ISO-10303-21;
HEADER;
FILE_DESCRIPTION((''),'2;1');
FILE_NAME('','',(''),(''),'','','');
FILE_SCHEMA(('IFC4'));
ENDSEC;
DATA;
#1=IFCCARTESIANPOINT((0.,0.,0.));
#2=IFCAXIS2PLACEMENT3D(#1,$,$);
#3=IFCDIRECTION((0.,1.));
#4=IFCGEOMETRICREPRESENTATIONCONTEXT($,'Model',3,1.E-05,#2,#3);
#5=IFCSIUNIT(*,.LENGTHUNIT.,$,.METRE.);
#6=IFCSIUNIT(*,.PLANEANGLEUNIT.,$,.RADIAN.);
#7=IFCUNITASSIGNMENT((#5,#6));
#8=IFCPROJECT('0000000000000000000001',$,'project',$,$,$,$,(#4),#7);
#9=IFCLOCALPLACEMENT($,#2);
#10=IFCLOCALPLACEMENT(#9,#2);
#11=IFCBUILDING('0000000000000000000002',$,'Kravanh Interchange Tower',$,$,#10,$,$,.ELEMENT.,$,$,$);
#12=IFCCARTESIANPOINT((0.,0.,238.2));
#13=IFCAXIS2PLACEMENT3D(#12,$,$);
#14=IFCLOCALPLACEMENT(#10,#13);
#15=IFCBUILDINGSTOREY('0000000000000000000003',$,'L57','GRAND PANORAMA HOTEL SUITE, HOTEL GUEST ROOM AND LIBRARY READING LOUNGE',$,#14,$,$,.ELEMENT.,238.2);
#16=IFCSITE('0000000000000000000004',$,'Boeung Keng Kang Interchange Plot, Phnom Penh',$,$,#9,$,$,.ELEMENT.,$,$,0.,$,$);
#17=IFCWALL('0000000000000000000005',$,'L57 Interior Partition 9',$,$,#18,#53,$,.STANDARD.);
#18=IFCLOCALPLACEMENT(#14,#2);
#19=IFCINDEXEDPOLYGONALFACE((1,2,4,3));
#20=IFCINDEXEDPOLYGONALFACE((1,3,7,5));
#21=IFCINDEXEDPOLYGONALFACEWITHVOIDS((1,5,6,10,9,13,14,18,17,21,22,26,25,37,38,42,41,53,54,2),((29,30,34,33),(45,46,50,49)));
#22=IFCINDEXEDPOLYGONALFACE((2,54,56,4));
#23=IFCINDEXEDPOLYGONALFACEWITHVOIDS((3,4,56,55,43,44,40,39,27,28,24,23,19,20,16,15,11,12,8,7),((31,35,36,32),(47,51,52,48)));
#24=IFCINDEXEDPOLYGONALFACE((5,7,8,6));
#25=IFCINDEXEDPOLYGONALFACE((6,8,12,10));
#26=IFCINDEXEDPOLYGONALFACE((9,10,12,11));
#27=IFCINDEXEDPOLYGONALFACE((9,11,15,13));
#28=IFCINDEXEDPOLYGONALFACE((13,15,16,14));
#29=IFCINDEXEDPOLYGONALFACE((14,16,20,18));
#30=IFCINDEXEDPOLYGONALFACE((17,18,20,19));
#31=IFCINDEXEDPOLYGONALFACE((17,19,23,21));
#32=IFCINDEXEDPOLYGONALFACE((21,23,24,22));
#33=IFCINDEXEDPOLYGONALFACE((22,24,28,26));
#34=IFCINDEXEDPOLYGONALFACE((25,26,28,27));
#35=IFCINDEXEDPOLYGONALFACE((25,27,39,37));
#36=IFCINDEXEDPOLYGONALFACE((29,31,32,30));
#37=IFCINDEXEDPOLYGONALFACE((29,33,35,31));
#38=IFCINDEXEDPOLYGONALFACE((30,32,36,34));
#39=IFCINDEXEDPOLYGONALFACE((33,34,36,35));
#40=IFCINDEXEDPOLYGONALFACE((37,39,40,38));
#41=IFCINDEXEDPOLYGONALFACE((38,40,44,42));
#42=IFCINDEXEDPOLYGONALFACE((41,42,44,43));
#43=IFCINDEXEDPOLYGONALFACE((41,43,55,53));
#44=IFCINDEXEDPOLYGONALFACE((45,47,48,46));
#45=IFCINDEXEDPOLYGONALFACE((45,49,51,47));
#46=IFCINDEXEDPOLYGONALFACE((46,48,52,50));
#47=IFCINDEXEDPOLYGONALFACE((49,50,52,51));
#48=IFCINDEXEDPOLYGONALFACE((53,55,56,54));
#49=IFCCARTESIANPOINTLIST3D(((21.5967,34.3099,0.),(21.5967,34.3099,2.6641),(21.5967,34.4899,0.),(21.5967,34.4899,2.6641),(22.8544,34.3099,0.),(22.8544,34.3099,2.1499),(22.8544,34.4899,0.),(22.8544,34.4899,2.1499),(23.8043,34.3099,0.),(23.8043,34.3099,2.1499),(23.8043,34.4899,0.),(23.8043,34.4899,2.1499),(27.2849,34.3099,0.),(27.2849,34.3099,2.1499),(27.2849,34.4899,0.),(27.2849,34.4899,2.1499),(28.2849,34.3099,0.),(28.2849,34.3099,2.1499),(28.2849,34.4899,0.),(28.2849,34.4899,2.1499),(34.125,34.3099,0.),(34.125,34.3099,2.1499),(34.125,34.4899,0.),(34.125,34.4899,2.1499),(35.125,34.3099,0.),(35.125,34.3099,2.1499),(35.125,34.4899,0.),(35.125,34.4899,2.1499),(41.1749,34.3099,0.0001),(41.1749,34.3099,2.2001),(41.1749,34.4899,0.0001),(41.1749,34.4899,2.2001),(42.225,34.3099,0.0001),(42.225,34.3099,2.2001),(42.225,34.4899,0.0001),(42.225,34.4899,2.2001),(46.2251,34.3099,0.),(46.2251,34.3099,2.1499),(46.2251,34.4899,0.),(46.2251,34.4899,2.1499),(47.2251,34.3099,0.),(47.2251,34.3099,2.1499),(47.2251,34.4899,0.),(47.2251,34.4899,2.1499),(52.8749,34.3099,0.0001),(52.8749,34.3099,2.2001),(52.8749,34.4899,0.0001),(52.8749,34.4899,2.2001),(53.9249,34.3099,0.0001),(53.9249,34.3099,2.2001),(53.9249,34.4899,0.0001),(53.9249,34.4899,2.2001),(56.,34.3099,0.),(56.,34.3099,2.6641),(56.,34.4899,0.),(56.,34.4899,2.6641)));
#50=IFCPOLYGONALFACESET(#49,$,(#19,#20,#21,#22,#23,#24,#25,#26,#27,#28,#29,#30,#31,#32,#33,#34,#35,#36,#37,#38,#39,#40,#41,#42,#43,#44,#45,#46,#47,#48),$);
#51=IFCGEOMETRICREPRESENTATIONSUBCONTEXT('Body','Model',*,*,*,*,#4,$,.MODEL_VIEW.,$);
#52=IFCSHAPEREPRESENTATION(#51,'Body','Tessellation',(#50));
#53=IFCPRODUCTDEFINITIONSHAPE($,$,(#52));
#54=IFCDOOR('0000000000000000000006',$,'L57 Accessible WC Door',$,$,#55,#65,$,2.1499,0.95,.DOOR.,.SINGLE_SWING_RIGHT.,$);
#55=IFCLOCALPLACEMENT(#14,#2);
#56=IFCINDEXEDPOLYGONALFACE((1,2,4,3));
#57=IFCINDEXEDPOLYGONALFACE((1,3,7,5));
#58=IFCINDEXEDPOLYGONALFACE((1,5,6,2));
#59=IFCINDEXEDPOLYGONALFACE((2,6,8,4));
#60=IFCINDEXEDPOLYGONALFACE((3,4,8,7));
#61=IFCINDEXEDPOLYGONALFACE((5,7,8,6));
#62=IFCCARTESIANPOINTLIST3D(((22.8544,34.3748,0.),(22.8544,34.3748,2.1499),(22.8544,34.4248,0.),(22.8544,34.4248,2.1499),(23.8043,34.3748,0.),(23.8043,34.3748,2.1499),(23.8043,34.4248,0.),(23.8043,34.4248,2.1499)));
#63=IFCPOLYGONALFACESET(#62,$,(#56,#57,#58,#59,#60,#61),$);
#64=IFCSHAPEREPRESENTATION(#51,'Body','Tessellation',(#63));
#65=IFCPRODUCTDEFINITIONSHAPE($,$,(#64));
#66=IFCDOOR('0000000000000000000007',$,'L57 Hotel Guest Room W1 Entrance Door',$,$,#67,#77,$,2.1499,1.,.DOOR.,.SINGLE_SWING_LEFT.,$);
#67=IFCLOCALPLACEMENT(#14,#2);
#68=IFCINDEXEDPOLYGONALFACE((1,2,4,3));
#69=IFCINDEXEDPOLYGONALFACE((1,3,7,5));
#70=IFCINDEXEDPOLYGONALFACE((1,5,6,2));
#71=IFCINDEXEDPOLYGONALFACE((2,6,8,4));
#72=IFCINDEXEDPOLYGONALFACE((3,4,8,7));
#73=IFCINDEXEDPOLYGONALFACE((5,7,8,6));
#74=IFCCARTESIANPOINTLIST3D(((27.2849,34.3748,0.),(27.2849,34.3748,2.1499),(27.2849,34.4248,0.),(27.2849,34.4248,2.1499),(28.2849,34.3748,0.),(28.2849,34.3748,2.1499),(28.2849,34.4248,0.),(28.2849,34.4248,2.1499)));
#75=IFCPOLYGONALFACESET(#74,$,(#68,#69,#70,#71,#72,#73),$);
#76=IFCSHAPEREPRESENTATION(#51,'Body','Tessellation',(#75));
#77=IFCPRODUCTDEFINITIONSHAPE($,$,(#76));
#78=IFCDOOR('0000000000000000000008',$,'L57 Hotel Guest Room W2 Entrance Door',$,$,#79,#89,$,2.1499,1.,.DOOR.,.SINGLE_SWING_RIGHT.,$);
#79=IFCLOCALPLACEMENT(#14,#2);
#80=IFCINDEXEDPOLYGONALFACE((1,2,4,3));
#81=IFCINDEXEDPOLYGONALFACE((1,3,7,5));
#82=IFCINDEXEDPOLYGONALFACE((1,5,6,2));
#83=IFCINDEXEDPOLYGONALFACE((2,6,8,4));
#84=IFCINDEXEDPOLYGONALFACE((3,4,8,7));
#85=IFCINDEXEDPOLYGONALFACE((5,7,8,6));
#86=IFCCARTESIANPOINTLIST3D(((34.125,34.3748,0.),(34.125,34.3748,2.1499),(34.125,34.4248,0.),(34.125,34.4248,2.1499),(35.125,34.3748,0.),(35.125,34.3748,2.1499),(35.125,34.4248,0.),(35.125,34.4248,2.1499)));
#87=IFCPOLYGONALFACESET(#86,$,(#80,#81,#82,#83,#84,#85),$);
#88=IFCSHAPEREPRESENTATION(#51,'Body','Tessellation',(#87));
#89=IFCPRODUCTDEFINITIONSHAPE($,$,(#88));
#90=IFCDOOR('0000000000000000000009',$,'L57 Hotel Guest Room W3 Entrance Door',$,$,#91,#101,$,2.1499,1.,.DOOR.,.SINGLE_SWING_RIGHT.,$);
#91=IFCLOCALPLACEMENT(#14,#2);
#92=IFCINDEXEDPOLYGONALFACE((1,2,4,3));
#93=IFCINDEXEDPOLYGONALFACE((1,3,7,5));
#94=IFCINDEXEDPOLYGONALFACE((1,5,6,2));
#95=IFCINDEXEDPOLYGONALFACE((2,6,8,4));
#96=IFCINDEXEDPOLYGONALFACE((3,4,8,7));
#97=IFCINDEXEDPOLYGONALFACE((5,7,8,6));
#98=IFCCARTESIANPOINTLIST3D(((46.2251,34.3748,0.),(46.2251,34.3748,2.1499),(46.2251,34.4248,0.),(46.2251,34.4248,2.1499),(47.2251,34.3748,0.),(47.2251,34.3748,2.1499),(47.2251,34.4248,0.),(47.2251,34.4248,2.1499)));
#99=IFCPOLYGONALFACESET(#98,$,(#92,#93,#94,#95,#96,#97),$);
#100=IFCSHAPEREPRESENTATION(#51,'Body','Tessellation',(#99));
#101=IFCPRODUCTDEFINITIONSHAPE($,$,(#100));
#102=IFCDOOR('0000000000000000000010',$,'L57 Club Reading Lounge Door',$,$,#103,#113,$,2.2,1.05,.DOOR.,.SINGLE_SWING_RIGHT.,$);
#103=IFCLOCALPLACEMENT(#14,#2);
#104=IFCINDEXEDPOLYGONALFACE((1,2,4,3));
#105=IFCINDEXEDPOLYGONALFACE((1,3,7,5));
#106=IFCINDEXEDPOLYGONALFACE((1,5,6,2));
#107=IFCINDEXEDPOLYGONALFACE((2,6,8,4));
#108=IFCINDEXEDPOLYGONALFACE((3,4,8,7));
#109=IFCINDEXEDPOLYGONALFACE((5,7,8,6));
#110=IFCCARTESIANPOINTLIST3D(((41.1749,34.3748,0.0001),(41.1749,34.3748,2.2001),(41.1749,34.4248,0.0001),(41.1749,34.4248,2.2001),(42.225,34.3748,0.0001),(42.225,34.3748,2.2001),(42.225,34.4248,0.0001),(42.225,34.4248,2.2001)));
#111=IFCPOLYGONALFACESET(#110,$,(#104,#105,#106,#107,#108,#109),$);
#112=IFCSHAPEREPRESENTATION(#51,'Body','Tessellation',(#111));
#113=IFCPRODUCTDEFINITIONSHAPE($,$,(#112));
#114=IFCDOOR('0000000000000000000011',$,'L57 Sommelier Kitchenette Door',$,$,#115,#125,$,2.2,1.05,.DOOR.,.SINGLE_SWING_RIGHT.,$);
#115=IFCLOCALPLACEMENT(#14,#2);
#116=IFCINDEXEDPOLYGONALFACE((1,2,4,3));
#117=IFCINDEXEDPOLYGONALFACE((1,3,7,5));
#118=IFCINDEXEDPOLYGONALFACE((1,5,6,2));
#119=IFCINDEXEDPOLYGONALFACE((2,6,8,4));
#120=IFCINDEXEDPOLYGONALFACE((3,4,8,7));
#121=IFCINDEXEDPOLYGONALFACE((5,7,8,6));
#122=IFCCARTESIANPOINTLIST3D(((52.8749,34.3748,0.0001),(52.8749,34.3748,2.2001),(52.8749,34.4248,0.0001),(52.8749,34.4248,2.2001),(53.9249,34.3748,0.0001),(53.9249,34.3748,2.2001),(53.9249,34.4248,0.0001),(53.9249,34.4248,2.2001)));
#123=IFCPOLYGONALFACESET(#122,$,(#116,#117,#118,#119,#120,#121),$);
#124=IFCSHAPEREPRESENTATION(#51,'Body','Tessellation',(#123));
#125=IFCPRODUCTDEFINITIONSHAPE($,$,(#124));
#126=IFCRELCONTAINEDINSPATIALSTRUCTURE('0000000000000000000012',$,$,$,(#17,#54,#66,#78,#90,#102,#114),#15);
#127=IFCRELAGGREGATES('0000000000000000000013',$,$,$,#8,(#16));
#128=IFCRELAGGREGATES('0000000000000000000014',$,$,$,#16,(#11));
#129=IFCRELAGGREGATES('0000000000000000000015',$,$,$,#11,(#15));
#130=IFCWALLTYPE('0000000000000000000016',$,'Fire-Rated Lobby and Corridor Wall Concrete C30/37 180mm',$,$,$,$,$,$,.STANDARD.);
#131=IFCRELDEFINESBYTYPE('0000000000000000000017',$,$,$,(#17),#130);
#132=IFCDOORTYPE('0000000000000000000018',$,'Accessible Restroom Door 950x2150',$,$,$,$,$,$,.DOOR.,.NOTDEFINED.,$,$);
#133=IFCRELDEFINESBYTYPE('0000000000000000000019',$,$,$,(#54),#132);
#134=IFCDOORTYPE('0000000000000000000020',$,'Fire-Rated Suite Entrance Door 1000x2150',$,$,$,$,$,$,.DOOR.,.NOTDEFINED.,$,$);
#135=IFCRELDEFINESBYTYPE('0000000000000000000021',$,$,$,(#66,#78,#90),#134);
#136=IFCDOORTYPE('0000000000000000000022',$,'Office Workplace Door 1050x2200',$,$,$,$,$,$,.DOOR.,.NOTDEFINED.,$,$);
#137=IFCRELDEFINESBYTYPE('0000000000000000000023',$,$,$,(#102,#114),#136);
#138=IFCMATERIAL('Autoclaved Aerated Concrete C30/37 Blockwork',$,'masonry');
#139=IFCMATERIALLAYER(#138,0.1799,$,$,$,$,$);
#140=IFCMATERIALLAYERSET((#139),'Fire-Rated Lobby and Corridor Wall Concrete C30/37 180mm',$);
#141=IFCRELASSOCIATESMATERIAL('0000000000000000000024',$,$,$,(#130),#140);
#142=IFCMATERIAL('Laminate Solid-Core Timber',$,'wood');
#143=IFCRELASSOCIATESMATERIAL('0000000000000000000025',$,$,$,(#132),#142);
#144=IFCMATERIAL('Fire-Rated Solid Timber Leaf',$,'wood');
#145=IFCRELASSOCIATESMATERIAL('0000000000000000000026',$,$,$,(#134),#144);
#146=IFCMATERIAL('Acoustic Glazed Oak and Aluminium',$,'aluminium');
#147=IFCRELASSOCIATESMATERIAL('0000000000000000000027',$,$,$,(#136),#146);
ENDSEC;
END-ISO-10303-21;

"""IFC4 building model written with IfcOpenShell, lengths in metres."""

from ifc_helpers import new_model, si_unit, direction, frame, frame_2d, origin, place, context, subcontext, project, spatial, rectangle, extrude, material, layer, layer_set, type_object, element, fill, save


model = new_model("IFC4")

# Units and contexts
model_context = context("Model", 3, precision=1e-05, world=origin(), true_north=direction((0.0, 1.0)))
body_context = subcontext(model_context, "Body", "Model", "MODEL_VIEW")
ifc_project = project(units=[si_unit("LENGTHUNIT", "METRE"), si_unit("PLANEANGLEUNIT", "RADIAN")], contexts=[model_context])

# Site, building, storey
site_placement = place(None, origin())
site = spatial("IfcSite", under=ifc_project, at=site_placement, Name="Boeung Keng Kang Interchange Plot, Phnom Penh", CompositionType="ELEMENT", RefElevation=0.0)
building_placement = place(site_placement, origin())
building = spatial("IfcBuilding", under=site, at=building_placement, Name="Kravanh Interchange Tower", CompositionType="ELEMENT")
storey_placement = place(building_placement, frame((0.0, 0.0, 238.2)))
storey = spatial("IfcBuildingStorey", under=building, at=storey_placement, Name="L57", Description="GRAND PANORAMA HOTEL SUITE, HOTEL GUEST ROOM AND LIBRARY READING LOUNGE", CompositionType="ELEMENT", Elevation=238.2)

# Wall, openings, doors
ifc_material_1 = material(Name="Autoclaved Aerated Concrete C30/37 Blockwork", Category="masonry")
ifc_layer_1 = layer(ifc_material_1, 0.1799)
ifc_layer_set_1 = layer_set([ifc_layer_1], Name="Fire-Rated Lobby and Corridor Wall Concrete C30/37 180mm")
wall_type_1 = type_object("IfcWallType", Name="Fire-Rated Lobby and Corridor Wall Concrete C30/37 180mm", PredefinedType="STANDARD", material=ifc_layer_set_1)
wall_1_placement = place(storey_placement, frame((21.5967, 34.3999, 0.0), z_axis=(0.0, 0.0, 1.0), x_axis=(1.0, 0.0, 0.0)))
wall_1 = element("IfcWall", 1, at=wall_1_placement, inside=storey, type_object=wall_type_1, Name="L57 Interior Partition 9", PredefinedType="STANDARD", context=body_context, shape_type="SweptSolid", body=[
    extrude(rectangle(XDim=34.4033, YDim=0.1799, at=frame_2d((17.2017, 0.0))), origin(), (0.0, 0.0, 1.0), 2.6641),
])
opening_1_placement = place(wall_1_placement, frame((1.2576, 0.0, 0.0)))
opening_1 = element("IfcOpeningElement", 2, at=opening_1_placement, cuts=wall_1, PredefinedType="OPENING", context=body_context, shape_type="SweptSolid", body=[
    extrude(rectangle(XDim=0.95, YDim=2.1499, at=frame_2d((0.4751, 1.075))), frame((0.0, 0.1001, 0.0), z_axis=(0.0, -1.0, 0.0), x_axis=(1.0, 0.0, 0.0)), (0.0, 0.0, 1.0), 0.2),
])
opening_2_placement = place(wall_1_placement, frame((5.6882, 0.0, 0.0)))
opening_2 = element("IfcOpeningElement", 3, at=opening_2_placement, cuts=wall_1, PredefinedType="OPENING", context=body_context, shape_type="SweptSolid", body=[
    extrude(rectangle(XDim=1.0, YDim=2.1499, at=frame_2d((0.5, 1.075))), frame((0.0, 0.1001, 0.0), z_axis=(0.0, -1.0, 0.0), x_axis=(1.0, 0.0, 0.0)), (0.0, 0.0, 1.0), 0.2),
])
opening_3_placement = place(wall_1_placement, frame((12.5283, 0.0, 0.0)))
opening_3 = element("IfcOpeningElement", 4, at=opening_3_placement, cuts=wall_1, PredefinedType="OPENING", context=body_context, shape_type="SweptSolid", body=[
    extrude(rectangle(XDim=1.0, YDim=2.1499, at=frame_2d((0.5, 1.075))), frame((0.0, 0.1001, 0.0), z_axis=(0.0, -1.0, 0.0), x_axis=(1.0, 0.0, 0.0)), (0.0, 0.0, 1.0), 0.2),
])
opening_4_placement = place(wall_1_placement, frame((19.5784, 0.0, 0.0)))
opening_4 = element("IfcOpeningElement", 5, at=opening_4_placement, cuts=wall_1, PredefinedType="OPENING", context=body_context, shape_type="SweptSolid", body=[
    extrude(rectangle(XDim=1.05, YDim=2.2, at=frame_2d((0.5249, 1.1001))), frame((0.0, 0.1001, 0.0), z_axis=(0.0, -1.0, 0.0), x_axis=(1.0, 0.0, 0.0)), (0.0, 0.0, 1.0), 0.2),
])
opening_5_placement = place(wall_1_placement, frame((24.6284, 0.0, 0.0)))
opening_5 = element("IfcOpeningElement", 6, at=opening_5_placement, cuts=wall_1, PredefinedType="OPENING", context=body_context, shape_type="SweptSolid", body=[
    extrude(rectangle(XDim=1.0, YDim=2.1499, at=frame_2d((0.5, 1.075))), frame((0.0, 0.1001, 0.0), z_axis=(0.0, -1.0, 0.0), x_axis=(1.0, 0.0, 0.0)), (0.0, 0.0, 1.0), 0.2),
])
opening_6_placement = place(wall_1_placement, frame((31.2783, 0.0, 0.0)))
opening_6 = element("IfcOpeningElement", 7, at=opening_6_placement, cuts=wall_1, PredefinedType="OPENING", context=body_context, shape_type="SweptSolid", body=[
    extrude(rectangle(XDim=1.05, YDim=2.2, at=frame_2d((0.5249, 1.1001))), frame((0.0, 0.1001, 0.0), z_axis=(0.0, -1.0, 0.0), x_axis=(1.0, 0.0, 0.0)), (0.0, 0.0, 1.0), 0.2),
])
ifc_material_2 = material(Name="Laminate Solid-Core Timber", Category="wood")
door_type_1 = type_object("IfcDoorType", Name="Accessible Restroom Door 950x2150", OperationType="NOTDEFINED", PredefinedType="DOOR", material=ifc_material_2)
door_1_placement = place(opening_1_placement, origin())
door_1 = element("IfcDoor", 8, at=door_1_placement, inside=storey, type_object=door_type_1, Name="L57 Accessible WC Door", OperationType="SINGLE_SWING_RIGHT", OverallHeight=2.1499, OverallWidth=0.95, PredefinedType="DOOR", context=body_context, shape_type="SweptSolid", body=[
    extrude(rectangle(XDim=0.95, YDim=2.1499, at=frame_2d((0.4751, 1.075))), frame((0.0, 0.0249, 0.0), z_axis=(0.0, -1.0, 0.0), x_axis=(1.0, 0.0, 0.0)), (0.0, 0.0, 1.0), 0.05),
])
fill(opening_1, door_1)
ifc_material_3 = material(Name="Fire-Rated Solid Timber Leaf", Category="wood")
door_type_2 = type_object("IfcDoorType", Name="Fire-Rated Suite Entrance Door 1000x2150", OperationType="NOTDEFINED", PredefinedType="DOOR", material=ifc_material_3)
door_2_placement = place(opening_2_placement, origin())
door_2 = element("IfcDoor", 9, at=door_2_placement, inside=storey, type_object=door_type_2, Name="L57 Hotel Guest Room W1 Entrance Door", OperationType="SINGLE_SWING_LEFT", OverallHeight=2.1499, OverallWidth=1.0, PredefinedType="DOOR", context=body_context, shape_type="SweptSolid", body=[
    extrude(rectangle(XDim=1.0, YDim=2.1499, at=frame_2d((0.5, 1.075))), frame((0.0, 0.0249, 0.0), z_axis=(0.0, -1.0, 0.0), x_axis=(1.0, 0.0, 0.0)), (0.0, 0.0, 1.0), 0.05),
])
fill(opening_2, door_2)
door_3_placement = place(opening_3_placement, origin())
door_3 = element("IfcDoor", 10, at=door_3_placement, inside=storey, type_object=door_type_2, Name="L57 Hotel Guest Room W2 Entrance Door", OperationType="SINGLE_SWING_RIGHT", OverallHeight=2.1499, OverallWidth=1.0, PredefinedType="DOOR", context=body_context, shape_type="SweptSolid", body=[
    extrude(rectangle(XDim=1.0, YDim=2.1499, at=frame_2d((0.5, 1.075))), frame((0.0, 0.0249, 0.0), z_axis=(0.0, -1.0, 0.0), x_axis=(1.0, 0.0, 0.0)), (0.0, 0.0, 1.0), 0.05),
])
fill(opening_3, door_3)
door_4_placement = place(opening_5_placement, origin())
door_4 = element("IfcDoor", 11, at=door_4_placement, inside=storey, type_object=door_type_2, Name="L57 Hotel Guest Room W3 Entrance Door", OperationType="SINGLE_SWING_RIGHT", OverallHeight=2.1499, OverallWidth=1.0, PredefinedType="DOOR", context=body_context, shape_type="SweptSolid", body=[
    extrude(rectangle(XDim=1.0, YDim=2.1499, at=frame_2d((0.5, 1.075))), frame((0.0, 0.0249, 0.0), z_axis=(0.0, -1.0, 0.0), x_axis=(1.0, 0.0, 0.0)), (0.0, 0.0, 1.0), 0.05),
])
fill(opening_5, door_4)
ifc_material_4 = material(Name="Acoustic Glazed Oak and Aluminium", Category="aluminium")
door_type_3 = type_object("IfcDoorType", Name="Office Workplace Door 1050x2200", OperationType="NOTDEFINED", PredefinedType="DOOR", material=ifc_material_4)
door_5_placement = place(opening_4_placement, origin())
door_5 = element("IfcDoor", 12, at=door_5_placement, inside=storey, type_object=door_type_3, Name="L57 Club Reading Lounge Door", OperationType="SINGLE_SWING_RIGHT", OverallHeight=2.2, OverallWidth=1.05, PredefinedType="DOOR", context=body_context, shape_type="SweptSolid", body=[
    extrude(rectangle(XDim=1.05, YDim=2.2, at=frame_2d((0.5249, 1.1001))), frame((0.0, 0.0249, 0.0), z_axis=(0.0, -1.0, 0.0), x_axis=(1.0, 0.0, 0.0)), (0.0, 0.0, 1.0), 0.05),
])
fill(opening_4, door_5)
door_6_placement = place(opening_6_placement, origin())
door_6 = element("IfcDoor", 13, at=door_6_placement, inside=storey, type_object=door_type_3, Name="L57 Sommelier Kitchenette Door", OperationType="SINGLE_SWING_RIGHT", OverallHeight=2.2, OverallWidth=1.05, PredefinedType="DOOR", context=body_context, shape_type="SweptSolid", body=[
    extrude(rectangle(XDim=1.05, YDim=2.2, at=frame_2d((0.5249, 1.1001))), frame((0.0, 0.0249, 0.0), z_axis=(0.0, -1.0, 0.0), x_axis=(1.0, 0.0, 0.0)), (0.0, 0.0, 1.0), 0.05),
])
fill(opening_6, door_6)

save(model, "model.ifc")
